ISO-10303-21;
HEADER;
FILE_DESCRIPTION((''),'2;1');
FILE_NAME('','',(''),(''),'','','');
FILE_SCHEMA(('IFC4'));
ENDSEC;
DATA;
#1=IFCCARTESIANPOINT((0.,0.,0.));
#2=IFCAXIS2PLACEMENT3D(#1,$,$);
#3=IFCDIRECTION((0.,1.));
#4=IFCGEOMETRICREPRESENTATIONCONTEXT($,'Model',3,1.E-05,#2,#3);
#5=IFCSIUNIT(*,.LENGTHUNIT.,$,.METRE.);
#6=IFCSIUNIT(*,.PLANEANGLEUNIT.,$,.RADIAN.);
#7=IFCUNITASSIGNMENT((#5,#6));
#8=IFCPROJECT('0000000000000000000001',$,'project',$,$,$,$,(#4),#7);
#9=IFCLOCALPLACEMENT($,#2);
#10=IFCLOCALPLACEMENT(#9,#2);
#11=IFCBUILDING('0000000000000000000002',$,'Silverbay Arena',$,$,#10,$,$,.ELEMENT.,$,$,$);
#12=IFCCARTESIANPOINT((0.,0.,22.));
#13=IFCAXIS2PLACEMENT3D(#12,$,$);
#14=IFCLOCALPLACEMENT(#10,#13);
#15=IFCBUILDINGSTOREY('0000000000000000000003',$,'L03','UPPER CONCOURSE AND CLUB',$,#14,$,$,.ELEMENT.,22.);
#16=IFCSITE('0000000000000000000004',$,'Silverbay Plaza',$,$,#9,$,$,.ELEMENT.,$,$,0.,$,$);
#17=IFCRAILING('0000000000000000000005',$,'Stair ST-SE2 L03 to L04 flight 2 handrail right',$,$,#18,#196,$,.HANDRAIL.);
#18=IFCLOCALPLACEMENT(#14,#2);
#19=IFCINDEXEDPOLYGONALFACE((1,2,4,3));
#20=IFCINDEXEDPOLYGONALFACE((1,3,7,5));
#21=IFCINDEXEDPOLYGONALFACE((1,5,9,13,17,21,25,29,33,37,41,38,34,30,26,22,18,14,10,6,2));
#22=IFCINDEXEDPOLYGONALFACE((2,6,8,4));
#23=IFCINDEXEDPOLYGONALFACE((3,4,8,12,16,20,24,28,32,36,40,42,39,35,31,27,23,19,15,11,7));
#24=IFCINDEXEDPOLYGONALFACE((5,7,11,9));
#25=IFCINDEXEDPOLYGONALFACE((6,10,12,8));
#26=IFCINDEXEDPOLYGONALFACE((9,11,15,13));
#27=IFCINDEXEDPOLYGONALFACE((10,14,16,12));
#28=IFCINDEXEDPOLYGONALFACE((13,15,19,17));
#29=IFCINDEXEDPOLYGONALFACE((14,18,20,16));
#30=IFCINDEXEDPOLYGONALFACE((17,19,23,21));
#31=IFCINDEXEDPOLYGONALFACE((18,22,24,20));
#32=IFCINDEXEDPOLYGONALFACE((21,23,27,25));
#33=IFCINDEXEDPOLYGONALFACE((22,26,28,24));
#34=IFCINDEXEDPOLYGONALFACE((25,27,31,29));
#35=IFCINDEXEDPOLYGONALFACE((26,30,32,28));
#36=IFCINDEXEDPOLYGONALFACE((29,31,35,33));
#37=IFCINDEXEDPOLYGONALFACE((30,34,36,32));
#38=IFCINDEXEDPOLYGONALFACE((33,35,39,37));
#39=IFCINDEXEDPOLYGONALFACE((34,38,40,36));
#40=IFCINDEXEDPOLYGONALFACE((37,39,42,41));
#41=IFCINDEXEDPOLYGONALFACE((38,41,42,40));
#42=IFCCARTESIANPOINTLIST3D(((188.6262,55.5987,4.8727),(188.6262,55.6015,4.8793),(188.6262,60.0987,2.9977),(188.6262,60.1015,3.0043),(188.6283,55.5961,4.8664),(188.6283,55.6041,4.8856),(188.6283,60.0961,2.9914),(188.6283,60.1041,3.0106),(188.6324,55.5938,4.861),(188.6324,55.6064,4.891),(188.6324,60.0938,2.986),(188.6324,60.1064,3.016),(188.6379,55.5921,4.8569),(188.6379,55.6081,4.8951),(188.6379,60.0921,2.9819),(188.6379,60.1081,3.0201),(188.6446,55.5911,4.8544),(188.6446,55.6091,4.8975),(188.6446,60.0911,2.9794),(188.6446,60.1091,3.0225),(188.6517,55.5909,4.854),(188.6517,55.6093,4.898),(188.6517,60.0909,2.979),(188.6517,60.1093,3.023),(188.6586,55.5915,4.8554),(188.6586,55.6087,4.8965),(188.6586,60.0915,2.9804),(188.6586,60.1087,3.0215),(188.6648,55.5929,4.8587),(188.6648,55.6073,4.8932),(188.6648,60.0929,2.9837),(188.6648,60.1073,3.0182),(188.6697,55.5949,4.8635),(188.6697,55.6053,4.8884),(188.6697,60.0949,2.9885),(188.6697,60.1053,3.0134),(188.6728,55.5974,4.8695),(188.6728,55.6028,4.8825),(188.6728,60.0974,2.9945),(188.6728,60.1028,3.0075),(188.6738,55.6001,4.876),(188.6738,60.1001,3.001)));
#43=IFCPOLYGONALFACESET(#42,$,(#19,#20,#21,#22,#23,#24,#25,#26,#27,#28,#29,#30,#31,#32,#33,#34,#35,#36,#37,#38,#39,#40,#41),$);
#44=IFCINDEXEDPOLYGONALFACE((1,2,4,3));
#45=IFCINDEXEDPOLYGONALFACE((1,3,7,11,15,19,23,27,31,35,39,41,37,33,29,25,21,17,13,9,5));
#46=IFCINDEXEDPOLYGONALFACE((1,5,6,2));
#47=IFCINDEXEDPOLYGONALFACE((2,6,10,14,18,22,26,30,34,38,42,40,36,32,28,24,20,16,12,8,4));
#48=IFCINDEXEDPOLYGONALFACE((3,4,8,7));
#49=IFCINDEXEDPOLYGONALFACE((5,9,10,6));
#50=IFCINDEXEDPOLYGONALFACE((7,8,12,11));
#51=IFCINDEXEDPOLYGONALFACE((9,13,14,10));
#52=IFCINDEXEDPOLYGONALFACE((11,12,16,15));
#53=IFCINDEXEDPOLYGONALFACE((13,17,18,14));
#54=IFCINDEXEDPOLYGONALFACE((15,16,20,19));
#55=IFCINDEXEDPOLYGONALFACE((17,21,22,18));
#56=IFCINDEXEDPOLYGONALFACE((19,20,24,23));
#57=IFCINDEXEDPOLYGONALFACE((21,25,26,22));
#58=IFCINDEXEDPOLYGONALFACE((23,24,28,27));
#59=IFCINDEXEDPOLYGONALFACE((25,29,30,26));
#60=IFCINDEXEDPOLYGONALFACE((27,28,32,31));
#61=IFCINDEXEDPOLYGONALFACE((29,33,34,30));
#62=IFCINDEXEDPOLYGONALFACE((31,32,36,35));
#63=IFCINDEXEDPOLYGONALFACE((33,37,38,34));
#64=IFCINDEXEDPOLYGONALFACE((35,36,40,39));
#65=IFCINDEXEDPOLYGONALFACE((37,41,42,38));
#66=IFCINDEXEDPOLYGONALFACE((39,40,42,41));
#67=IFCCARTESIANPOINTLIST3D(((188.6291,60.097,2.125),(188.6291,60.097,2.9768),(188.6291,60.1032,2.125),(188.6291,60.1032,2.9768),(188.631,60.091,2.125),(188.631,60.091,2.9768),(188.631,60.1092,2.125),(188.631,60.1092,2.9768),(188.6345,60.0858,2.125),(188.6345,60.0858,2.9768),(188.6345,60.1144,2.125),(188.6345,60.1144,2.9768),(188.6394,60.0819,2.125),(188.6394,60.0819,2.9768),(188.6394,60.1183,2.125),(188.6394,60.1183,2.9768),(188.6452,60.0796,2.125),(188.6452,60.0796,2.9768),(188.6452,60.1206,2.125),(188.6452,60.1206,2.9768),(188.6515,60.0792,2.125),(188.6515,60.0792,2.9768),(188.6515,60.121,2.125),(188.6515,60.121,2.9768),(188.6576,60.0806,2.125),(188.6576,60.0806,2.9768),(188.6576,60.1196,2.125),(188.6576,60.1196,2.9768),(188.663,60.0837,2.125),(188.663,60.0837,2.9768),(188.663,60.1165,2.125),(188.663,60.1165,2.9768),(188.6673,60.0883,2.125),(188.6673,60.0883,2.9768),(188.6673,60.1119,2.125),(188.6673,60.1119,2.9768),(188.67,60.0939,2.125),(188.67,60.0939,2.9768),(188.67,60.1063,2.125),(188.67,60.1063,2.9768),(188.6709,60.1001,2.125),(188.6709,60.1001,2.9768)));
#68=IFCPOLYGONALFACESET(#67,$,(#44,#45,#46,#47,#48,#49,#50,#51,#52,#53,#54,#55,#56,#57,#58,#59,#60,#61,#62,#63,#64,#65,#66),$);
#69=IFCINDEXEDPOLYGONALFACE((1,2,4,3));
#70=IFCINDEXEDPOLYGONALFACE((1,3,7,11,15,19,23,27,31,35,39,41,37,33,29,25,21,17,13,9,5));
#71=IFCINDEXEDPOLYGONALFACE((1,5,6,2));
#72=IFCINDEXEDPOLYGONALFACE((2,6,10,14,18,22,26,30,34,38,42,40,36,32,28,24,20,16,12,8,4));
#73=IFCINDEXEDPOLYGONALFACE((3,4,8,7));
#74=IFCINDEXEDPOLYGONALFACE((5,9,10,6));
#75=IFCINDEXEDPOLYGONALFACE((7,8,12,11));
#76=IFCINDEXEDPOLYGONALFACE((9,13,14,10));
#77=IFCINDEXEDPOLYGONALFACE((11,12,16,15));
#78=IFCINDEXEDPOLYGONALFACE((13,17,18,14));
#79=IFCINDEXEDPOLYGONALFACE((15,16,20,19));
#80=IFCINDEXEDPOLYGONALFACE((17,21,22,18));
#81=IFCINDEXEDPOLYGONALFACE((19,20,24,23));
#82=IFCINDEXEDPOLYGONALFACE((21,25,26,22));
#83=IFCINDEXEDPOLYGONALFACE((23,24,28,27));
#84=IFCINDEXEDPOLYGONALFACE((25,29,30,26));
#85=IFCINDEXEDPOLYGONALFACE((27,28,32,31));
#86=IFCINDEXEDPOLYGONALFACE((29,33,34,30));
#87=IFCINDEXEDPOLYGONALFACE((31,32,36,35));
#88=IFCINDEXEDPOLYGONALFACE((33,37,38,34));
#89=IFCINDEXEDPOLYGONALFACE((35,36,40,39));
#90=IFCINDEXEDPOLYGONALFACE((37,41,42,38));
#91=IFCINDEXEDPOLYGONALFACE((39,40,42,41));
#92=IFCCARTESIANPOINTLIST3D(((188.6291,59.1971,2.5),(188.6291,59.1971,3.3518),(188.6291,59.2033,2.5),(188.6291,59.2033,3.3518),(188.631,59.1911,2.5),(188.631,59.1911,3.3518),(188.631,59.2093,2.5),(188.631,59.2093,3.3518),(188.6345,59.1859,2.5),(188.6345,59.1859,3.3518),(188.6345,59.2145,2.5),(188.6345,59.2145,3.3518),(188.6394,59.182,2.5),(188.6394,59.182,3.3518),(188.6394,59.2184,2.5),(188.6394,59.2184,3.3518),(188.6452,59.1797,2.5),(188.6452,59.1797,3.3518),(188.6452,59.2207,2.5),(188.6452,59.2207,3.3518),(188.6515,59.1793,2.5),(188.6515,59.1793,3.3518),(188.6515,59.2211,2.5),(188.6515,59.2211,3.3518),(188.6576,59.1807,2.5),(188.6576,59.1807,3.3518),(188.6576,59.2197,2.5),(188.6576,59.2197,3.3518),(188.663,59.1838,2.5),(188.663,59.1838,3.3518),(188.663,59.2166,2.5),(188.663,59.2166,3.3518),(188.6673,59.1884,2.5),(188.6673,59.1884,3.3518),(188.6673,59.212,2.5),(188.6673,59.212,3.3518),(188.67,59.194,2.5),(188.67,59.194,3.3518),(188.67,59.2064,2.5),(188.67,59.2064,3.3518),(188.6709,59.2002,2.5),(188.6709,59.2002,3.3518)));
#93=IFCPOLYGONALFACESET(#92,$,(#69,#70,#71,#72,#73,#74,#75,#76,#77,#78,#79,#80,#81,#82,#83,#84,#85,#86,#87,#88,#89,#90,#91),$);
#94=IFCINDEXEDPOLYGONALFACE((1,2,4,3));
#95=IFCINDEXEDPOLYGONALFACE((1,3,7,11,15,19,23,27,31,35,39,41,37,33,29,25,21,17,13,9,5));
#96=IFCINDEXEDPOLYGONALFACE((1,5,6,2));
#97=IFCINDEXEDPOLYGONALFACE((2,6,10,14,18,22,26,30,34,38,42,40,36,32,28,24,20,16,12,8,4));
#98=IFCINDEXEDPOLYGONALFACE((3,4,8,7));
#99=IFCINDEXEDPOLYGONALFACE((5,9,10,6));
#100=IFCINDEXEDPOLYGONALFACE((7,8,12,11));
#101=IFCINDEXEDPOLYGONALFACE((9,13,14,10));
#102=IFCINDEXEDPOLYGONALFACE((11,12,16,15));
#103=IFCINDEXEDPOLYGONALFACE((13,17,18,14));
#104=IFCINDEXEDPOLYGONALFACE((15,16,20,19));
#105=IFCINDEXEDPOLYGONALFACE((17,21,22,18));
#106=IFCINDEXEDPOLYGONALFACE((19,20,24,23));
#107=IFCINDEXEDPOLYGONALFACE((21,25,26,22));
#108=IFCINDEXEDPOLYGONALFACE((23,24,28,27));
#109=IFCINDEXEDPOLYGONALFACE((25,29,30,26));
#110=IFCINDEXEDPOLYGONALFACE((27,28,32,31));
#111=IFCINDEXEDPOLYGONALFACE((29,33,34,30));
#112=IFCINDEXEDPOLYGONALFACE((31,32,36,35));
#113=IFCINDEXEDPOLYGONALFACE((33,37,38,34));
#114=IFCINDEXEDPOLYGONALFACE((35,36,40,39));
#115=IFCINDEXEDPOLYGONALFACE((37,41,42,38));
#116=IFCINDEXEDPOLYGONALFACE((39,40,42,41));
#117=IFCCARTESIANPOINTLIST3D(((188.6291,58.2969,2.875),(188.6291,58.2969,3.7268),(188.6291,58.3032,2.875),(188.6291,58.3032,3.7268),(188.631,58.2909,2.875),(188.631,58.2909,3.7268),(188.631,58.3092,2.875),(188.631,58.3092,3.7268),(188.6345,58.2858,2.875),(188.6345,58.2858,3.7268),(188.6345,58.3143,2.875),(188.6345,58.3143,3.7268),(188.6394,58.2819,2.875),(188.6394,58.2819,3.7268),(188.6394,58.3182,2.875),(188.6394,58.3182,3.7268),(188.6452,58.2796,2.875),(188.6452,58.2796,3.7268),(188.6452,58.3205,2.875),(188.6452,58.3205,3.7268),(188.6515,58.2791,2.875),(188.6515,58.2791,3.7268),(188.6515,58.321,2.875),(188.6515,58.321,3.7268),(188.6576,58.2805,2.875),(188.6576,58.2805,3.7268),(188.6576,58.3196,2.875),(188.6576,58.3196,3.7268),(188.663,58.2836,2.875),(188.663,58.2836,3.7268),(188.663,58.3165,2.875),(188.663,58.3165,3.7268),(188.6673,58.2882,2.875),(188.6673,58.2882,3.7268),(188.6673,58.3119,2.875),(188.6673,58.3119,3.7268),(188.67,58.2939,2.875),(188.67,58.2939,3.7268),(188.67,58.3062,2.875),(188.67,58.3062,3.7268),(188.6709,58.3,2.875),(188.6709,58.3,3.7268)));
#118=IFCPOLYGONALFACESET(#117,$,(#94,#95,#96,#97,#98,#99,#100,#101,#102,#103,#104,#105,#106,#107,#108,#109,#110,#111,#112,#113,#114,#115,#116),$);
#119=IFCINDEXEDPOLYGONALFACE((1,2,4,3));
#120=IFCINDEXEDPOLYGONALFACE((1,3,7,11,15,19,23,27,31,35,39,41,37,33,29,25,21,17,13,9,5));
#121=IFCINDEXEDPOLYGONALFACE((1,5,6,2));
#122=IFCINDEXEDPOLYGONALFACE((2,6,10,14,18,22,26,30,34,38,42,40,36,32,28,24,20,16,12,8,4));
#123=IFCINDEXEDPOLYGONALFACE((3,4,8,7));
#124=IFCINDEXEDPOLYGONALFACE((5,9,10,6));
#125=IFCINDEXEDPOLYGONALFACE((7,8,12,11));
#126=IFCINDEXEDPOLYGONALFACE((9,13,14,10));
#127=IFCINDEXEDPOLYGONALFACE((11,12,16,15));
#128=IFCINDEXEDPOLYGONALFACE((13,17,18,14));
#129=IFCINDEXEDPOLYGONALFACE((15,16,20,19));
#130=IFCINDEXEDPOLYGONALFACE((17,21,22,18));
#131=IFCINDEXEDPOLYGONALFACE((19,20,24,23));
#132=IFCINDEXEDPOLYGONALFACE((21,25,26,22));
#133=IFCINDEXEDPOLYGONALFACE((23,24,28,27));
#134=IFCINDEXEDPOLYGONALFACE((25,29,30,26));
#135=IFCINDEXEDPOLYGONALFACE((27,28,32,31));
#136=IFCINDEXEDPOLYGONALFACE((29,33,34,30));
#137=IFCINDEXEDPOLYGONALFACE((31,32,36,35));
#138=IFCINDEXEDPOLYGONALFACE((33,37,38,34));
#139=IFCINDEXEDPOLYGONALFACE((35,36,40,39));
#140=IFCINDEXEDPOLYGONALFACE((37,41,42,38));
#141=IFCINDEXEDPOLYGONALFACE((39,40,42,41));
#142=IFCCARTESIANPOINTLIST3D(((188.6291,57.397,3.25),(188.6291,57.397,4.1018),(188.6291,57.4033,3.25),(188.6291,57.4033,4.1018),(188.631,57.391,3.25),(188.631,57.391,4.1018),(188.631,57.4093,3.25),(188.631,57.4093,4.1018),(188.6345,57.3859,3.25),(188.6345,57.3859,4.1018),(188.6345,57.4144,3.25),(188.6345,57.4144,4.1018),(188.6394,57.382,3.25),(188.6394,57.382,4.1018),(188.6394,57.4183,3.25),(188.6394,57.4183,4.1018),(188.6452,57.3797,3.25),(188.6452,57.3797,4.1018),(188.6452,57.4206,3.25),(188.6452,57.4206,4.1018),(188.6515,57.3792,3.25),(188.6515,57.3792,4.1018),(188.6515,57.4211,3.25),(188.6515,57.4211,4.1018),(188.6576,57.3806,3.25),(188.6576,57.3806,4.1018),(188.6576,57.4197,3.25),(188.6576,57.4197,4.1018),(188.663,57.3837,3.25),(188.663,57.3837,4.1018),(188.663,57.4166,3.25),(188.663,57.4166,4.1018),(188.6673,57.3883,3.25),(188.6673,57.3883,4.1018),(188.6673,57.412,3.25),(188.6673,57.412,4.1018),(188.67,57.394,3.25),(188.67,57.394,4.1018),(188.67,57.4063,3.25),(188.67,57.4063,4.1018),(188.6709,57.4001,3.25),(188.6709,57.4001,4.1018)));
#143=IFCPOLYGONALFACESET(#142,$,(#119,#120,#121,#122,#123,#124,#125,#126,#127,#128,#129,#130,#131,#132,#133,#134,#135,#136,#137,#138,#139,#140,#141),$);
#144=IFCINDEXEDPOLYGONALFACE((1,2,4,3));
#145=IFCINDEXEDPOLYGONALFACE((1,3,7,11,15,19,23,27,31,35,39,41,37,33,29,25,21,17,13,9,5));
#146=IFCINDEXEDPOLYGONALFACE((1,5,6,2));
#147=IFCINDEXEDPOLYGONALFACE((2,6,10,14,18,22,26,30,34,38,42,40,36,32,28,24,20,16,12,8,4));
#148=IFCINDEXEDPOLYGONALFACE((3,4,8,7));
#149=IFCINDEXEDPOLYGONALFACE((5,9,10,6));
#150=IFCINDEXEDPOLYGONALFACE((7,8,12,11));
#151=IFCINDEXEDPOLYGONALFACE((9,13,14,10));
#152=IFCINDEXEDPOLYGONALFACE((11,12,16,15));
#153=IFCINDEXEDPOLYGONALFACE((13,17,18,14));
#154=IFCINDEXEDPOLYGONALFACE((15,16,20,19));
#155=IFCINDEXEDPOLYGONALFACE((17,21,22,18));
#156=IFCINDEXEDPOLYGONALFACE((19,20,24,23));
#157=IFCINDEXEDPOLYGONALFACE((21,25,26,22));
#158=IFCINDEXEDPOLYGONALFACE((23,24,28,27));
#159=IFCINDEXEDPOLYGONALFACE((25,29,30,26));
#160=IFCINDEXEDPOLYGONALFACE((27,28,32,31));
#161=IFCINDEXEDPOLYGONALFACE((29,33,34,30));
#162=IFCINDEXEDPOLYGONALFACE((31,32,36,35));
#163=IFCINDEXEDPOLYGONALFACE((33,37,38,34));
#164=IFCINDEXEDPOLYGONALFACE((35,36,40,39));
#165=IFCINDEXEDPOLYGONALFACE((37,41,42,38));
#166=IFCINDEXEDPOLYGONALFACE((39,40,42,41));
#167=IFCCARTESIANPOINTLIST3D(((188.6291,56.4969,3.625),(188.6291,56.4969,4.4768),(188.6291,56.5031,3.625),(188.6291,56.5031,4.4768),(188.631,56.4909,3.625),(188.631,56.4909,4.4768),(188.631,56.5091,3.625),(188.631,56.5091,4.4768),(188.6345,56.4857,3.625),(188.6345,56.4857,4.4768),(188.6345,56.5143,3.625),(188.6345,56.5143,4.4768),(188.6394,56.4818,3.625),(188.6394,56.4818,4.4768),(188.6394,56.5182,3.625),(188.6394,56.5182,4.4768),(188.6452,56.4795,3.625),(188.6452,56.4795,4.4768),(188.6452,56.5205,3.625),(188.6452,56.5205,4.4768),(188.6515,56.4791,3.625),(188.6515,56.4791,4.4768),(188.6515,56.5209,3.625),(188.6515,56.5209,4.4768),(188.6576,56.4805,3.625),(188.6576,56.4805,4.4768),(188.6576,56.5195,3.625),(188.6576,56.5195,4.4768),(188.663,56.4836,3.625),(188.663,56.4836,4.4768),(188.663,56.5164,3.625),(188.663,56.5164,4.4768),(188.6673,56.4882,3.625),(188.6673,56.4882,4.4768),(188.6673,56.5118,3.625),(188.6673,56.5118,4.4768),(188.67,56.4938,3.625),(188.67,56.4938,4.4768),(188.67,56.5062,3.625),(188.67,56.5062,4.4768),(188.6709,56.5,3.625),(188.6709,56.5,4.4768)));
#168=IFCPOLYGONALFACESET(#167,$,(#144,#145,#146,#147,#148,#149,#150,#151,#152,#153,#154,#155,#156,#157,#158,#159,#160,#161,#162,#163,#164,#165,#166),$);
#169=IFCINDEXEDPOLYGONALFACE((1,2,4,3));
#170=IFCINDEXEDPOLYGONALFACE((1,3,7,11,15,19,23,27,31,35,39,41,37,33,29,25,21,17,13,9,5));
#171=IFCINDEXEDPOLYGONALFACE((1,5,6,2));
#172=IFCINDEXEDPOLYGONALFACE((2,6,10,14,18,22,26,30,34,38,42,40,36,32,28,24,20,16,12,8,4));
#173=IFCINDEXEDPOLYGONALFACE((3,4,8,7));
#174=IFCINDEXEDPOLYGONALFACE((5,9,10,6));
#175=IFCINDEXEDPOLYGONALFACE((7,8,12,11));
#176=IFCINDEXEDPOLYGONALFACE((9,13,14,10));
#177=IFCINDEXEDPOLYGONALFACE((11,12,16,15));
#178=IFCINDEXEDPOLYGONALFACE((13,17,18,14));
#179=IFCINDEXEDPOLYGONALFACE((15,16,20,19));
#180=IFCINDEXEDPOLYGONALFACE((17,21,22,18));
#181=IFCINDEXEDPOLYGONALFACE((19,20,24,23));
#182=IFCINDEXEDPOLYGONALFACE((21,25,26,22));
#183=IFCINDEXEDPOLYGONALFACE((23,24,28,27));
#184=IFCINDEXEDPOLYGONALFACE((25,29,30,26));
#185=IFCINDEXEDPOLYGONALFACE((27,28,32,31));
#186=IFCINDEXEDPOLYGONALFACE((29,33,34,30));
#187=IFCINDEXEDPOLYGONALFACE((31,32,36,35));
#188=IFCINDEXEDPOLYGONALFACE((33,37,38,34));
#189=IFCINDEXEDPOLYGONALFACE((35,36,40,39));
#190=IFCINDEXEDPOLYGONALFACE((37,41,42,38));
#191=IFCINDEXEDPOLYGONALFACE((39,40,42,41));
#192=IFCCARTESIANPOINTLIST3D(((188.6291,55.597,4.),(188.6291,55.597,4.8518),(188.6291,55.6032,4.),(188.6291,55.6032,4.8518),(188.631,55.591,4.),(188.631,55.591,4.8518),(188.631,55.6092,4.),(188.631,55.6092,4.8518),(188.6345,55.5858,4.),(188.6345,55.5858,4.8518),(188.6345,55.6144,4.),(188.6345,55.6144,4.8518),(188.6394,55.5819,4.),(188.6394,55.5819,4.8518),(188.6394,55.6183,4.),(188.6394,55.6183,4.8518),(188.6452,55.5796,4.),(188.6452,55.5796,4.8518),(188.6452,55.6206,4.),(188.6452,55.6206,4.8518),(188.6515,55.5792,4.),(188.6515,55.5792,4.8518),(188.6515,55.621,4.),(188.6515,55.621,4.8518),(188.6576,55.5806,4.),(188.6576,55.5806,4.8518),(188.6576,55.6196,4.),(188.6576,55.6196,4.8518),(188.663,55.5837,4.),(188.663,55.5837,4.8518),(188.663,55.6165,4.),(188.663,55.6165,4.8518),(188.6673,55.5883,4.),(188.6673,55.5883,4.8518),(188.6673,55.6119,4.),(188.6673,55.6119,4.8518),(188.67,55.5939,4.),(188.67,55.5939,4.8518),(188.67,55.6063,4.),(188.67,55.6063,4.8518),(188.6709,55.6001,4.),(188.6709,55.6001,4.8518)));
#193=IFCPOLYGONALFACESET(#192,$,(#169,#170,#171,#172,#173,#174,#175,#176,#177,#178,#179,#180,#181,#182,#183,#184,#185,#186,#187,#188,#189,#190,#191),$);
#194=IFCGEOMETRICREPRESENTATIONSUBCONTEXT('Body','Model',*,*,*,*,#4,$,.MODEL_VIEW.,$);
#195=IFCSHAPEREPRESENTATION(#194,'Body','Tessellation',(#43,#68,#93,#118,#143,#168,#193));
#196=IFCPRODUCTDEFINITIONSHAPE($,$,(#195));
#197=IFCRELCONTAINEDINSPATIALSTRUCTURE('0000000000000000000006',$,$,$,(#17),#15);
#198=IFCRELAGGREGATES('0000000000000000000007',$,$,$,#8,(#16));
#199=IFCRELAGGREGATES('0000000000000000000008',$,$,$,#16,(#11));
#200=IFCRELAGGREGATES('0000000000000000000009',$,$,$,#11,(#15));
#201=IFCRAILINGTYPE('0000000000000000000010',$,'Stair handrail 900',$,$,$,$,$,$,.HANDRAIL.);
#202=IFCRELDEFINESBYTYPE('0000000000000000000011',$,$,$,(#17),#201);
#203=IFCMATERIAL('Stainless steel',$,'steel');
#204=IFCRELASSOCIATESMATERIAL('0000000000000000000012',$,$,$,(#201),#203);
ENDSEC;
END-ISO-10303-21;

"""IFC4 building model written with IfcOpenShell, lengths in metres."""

from ifc_helpers import new_model, si_unit, direction, frame, origin, origin_2d, place, context, subcontext, project, spatial, circle, extrude, material, type_object, element, save


model = new_model("IFC4")

# Units and contexts
model_context = context("Model", 3, precision=1e-05, world=origin(), true_north=direction((0.0, 1.0)))
body_context = subcontext(model_context, "Body", "Model", "MODEL_VIEW")
ifc_project = project(units=[si_unit("LENGTHUNIT", "METRE"), si_unit("PLANEANGLEUNIT", "RADIAN")], contexts=[model_context])

# Site, building, storey
site_placement = place(None, origin())
site = spatial("IfcSite", under=ifc_project, at=site_placement, Name="Silverbay Plaza", CompositionType="ELEMENT", RefElevation=0.0)
building_placement = place(site_placement, origin())
building = spatial("IfcBuilding", under=site, at=building_placement, Name="Silverbay Arena", CompositionType="ELEMENT")
storey_placement = place(building_placement, frame((0.0, 0.0, 22.0)))
storey = spatial("IfcBuildingStorey", under=building, at=storey_placement, Name="L03", Description="UPPER CONCOURSE AND CLUB", CompositionType="ELEMENT", Elevation=22.0)

# Railing
ifc_material_1 = material(Name="Stainless steel", Category="steel")
railing_type_1 = type_object("IfcRailingType", Name="Stair handrail 900", PredefinedType="HANDRAIL", material=ifc_material_1)
for number, where, name in (
    (1, (188.6499, 60.1001, 2.125), "Stair ST-SE2 L03 to L04 flight 2 handrail right"),
):
    element("IfcRailing", number, at=place(storey_placement, frame(where)), inside=storey, type_object=railing_type_1, Name=name, PredefinedType="HANDRAIL", context=body_context, shape_type="SweptSolid", body=[
        extrude(circle(Radius=0.0239, at=origin_2d()), frame((0.0, 0.0, 0.876), z_axis=(0.0, -0.923077, 0.384615), x_axis=(1.0, 0.0, 0.0)), (0.0, 0.0, 1.0), 4.875),
        extrude(circle(Radius=0.021, at=origin_2d()), origin(), (0.0, 0.0, 1.0), 0.8518),
        extrude(circle(Radius=0.021, at=origin_2d()), frame((0.0, -0.8999, 0.375)), (0.0, 0.0, 1.0), 0.8518),
        extrude(circle(Radius=0.021, at=origin_2d()), frame((0.0, -1.8, 0.75)), (0.0, 0.0, 1.0), 0.8518),
        extrude(circle(Radius=0.021, at=origin_2d()), frame((0.0, -2.7, 1.125)), (0.0, 0.0, 1.0), 0.8518),
        extrude(circle(Radius=0.021, at=origin_2d()), frame((0.0, -3.6001, 1.5)), (0.0, 0.0, 1.0), 0.8518),
        extrude(circle(Radius=0.021, at=origin_2d()), frame((0.0, -4.5, 1.875)), (0.0, 0.0, 1.0), 0.8518),
    ])

save(model, "model.ifc")
